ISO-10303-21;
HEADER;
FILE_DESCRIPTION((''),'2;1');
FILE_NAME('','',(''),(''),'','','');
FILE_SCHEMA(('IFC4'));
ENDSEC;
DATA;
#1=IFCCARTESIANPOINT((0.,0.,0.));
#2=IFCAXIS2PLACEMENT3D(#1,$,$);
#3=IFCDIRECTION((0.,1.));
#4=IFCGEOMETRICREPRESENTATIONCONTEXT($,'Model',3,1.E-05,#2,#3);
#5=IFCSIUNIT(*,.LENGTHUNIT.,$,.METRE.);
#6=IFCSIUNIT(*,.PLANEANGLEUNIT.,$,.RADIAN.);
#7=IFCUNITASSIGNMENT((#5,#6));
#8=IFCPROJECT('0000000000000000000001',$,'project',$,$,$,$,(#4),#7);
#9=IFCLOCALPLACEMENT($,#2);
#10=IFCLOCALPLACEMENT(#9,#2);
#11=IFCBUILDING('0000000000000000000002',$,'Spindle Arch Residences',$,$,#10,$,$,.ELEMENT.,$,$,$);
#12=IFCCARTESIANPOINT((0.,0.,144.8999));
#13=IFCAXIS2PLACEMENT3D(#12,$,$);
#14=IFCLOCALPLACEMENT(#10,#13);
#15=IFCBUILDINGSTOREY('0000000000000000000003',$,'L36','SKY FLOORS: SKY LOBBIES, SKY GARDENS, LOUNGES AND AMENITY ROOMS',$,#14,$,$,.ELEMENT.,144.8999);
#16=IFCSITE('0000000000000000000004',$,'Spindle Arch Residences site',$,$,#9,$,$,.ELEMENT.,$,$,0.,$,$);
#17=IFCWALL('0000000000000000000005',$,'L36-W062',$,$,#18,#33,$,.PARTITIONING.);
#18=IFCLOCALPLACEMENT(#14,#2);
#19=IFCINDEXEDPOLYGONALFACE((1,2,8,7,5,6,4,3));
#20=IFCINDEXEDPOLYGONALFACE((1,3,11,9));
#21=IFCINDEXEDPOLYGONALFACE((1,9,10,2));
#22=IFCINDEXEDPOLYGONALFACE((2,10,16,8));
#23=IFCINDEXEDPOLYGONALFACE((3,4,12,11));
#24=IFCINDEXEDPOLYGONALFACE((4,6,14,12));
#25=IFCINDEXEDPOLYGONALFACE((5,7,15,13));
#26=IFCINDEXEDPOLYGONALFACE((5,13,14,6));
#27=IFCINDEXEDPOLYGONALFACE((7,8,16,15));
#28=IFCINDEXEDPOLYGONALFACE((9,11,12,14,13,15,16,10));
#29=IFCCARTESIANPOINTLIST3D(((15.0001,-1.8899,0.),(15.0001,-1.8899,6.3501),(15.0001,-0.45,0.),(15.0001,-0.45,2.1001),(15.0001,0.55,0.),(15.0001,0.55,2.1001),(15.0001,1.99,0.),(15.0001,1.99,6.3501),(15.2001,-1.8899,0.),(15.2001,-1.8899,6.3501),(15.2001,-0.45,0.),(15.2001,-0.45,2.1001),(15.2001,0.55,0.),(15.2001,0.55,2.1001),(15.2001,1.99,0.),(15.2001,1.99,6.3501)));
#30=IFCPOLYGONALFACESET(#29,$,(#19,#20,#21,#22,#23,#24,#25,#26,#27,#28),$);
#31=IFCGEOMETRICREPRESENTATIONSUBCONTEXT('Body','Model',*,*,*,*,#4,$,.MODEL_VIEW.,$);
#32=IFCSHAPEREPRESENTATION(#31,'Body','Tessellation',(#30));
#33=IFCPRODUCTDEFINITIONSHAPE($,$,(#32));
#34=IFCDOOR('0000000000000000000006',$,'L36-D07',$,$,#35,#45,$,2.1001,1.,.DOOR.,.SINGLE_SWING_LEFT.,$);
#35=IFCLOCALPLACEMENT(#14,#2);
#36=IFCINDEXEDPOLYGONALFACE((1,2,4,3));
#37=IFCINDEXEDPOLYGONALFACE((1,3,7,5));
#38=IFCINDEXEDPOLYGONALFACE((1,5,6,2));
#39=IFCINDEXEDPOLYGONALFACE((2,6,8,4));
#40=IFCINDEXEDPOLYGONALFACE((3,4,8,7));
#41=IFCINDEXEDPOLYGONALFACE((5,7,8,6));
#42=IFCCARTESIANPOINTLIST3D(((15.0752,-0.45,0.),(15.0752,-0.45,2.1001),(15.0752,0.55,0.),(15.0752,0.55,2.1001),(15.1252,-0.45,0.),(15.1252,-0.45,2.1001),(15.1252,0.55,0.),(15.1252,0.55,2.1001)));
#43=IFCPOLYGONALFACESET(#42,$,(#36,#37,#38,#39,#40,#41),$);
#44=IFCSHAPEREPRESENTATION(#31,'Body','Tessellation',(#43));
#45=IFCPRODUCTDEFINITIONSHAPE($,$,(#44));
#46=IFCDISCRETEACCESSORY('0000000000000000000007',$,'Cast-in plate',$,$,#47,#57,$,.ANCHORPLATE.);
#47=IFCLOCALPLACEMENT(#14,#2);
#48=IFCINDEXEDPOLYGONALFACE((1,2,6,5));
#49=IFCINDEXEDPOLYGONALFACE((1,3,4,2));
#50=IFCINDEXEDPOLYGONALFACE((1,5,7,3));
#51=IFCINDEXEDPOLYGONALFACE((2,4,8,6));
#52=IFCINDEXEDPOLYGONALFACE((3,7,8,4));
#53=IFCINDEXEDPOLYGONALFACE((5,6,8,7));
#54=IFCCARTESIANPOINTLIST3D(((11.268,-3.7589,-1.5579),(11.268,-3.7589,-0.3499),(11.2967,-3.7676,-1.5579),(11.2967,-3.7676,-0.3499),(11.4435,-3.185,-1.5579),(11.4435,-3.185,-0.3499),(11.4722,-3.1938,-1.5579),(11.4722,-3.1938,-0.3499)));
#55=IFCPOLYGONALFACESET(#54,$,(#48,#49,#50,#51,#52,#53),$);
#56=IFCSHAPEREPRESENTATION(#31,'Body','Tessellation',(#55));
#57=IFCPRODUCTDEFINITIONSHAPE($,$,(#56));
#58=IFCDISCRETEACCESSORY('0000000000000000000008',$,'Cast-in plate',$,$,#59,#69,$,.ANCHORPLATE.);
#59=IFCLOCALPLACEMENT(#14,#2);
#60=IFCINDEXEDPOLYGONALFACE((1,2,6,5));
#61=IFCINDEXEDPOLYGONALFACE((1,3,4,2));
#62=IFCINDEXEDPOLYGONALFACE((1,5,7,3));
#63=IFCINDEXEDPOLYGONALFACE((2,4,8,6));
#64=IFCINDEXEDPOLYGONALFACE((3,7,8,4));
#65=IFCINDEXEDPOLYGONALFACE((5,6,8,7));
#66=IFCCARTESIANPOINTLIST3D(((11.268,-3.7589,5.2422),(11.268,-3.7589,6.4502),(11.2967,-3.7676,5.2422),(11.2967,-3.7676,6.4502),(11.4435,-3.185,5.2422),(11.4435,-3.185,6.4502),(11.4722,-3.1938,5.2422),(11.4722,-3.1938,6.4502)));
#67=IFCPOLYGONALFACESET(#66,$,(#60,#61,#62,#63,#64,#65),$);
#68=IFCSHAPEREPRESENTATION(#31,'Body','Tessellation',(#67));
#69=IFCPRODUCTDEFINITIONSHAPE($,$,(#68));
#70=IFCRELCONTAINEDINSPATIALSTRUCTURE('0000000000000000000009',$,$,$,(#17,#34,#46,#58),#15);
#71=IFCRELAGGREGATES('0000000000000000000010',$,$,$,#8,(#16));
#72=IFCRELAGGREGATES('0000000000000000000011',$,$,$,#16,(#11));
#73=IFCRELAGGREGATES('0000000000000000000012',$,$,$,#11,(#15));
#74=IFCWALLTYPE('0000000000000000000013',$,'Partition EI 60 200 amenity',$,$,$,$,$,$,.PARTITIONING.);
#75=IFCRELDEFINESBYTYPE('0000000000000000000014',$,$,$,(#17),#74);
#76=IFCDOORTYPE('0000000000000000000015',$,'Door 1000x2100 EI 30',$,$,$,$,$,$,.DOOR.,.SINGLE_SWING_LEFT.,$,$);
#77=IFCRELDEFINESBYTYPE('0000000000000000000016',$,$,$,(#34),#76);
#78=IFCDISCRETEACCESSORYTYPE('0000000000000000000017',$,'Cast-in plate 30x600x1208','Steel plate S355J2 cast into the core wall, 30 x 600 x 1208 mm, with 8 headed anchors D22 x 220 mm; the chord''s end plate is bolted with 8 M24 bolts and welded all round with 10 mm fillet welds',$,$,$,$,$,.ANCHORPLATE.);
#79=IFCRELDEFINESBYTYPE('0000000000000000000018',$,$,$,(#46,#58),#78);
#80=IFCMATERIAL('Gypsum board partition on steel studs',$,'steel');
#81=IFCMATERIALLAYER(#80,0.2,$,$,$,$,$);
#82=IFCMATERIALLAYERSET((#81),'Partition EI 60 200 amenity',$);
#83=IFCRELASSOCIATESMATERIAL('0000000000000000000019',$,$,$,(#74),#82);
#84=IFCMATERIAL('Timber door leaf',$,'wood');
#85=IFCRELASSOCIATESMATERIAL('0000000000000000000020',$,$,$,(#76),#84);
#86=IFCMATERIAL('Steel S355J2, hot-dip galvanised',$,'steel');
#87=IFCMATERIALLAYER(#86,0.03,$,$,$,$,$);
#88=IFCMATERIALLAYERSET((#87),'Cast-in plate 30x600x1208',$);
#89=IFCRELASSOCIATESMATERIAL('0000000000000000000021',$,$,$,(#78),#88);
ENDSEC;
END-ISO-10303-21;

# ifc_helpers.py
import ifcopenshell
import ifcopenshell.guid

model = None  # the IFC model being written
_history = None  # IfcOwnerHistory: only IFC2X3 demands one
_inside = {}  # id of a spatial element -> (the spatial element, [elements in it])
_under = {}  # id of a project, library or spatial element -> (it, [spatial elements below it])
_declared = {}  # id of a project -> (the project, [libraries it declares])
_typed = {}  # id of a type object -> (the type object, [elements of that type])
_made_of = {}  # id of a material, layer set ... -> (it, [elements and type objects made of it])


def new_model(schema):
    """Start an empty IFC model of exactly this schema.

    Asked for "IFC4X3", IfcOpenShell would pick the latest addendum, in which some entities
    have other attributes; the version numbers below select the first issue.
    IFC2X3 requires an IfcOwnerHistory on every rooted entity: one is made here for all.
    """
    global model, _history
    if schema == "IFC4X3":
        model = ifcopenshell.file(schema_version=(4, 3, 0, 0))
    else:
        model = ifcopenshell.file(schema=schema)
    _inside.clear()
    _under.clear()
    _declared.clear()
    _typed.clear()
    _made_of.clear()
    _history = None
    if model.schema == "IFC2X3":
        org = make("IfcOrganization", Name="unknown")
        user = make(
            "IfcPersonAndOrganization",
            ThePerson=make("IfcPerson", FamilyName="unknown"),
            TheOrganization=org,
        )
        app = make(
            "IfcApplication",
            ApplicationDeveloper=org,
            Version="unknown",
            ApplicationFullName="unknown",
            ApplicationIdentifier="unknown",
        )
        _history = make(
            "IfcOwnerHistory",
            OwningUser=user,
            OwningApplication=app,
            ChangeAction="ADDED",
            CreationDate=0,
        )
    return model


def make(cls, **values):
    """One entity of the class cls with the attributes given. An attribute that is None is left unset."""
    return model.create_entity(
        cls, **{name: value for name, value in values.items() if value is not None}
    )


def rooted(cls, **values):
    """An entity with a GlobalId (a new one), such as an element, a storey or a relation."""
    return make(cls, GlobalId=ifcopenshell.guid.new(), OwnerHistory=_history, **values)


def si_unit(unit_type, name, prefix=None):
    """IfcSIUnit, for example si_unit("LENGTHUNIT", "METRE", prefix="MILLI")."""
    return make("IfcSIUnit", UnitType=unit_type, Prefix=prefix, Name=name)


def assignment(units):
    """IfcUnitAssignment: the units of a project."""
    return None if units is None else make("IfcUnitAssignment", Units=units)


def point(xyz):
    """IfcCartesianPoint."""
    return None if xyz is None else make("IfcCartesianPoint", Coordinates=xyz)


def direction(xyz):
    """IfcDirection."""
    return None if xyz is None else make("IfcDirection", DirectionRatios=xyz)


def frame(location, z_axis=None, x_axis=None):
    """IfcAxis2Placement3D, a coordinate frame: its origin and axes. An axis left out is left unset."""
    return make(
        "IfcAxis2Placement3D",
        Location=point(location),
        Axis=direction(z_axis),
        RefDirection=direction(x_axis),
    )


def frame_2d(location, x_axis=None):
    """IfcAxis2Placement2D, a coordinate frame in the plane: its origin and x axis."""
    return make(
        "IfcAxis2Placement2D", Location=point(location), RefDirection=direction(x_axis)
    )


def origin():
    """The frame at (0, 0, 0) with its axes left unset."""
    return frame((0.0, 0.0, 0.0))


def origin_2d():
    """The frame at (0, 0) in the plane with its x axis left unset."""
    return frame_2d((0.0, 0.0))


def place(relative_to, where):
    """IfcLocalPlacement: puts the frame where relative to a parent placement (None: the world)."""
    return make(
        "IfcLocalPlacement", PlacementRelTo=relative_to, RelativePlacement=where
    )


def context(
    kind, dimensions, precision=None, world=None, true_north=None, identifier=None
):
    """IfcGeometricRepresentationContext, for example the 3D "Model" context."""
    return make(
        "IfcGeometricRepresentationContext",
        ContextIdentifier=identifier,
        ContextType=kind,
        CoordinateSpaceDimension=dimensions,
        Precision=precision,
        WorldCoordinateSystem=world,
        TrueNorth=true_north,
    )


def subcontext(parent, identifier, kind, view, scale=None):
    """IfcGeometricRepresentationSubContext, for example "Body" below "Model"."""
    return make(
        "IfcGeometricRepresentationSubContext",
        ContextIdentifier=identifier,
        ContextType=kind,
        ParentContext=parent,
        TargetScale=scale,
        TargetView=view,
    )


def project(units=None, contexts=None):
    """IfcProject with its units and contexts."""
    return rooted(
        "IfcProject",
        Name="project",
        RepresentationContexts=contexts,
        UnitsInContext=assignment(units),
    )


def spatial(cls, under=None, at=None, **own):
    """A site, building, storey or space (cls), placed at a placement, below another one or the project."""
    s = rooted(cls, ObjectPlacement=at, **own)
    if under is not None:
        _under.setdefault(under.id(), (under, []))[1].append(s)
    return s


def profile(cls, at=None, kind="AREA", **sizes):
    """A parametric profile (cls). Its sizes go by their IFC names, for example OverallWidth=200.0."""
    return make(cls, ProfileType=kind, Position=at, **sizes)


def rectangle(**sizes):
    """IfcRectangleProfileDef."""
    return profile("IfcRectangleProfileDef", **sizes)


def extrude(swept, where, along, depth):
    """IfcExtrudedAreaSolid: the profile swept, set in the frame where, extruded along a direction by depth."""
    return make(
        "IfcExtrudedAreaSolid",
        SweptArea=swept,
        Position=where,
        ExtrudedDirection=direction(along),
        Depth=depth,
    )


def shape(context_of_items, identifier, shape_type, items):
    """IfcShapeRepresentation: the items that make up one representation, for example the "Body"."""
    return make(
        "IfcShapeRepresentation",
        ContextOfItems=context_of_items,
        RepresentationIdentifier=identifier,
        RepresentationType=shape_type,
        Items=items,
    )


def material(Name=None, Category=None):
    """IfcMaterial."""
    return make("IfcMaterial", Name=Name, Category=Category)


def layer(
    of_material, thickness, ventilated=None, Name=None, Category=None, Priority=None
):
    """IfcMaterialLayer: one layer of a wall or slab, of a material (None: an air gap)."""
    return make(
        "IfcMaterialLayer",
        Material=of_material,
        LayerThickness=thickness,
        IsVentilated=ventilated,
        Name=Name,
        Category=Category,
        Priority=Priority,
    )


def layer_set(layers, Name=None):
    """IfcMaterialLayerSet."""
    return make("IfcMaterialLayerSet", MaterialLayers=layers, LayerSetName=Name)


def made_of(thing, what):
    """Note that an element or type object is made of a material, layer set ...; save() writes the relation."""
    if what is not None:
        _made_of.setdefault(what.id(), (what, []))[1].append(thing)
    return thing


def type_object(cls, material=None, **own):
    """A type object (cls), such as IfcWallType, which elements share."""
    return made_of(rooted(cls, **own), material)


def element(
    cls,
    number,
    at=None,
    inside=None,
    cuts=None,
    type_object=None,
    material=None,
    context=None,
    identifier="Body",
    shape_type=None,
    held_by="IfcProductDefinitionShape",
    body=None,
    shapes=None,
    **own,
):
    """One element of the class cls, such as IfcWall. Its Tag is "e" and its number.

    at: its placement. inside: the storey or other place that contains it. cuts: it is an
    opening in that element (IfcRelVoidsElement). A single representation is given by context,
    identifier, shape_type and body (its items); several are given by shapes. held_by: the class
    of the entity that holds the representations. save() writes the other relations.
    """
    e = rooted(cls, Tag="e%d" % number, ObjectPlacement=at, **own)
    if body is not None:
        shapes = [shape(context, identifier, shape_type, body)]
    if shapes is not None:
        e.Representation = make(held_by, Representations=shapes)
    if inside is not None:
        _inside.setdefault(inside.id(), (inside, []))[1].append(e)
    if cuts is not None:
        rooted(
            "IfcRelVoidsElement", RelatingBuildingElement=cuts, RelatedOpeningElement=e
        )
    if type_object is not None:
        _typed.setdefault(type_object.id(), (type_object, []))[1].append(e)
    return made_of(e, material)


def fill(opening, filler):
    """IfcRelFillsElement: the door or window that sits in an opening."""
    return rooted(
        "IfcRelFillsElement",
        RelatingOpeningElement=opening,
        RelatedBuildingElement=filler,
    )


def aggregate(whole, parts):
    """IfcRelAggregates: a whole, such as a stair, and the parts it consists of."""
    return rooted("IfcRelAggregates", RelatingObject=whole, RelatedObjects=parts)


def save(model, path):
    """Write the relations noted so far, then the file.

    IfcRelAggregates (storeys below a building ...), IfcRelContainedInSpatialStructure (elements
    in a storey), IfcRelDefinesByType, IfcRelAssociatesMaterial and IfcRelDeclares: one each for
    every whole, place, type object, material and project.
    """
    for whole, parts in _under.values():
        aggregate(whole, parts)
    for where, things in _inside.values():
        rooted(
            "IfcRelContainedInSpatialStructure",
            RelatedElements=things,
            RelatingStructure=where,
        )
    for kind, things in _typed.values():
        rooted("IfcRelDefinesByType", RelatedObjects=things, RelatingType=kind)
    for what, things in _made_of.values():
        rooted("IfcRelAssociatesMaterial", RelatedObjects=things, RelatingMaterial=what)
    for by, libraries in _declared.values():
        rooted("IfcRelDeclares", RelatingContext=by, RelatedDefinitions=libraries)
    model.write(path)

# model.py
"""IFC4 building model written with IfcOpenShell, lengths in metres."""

from ifc_helpers import new_model, si_unit, direction, frame, frame_2d, origin, origin_2d, place, context, subcontext, project, spatial, rectangle, extrude, material, layer, layer_set, type_object, element, fill, save


model = new_model("IFC4")

# Units and contexts
model_context = context("Model", 3, precision=1e-05, world=origin(), true_north=direction((0.0, 1.0)))
body_context = subcontext(model_context, "Body", "Model", "MODEL_VIEW")
ifc_project = project(units=[si_unit("LENGTHUNIT", "METRE"), si_unit("PLANEANGLEUNIT", "RADIAN")], contexts=[model_context])

# Site, building, storey
site_placement = place(None, origin())
site = spatial("IfcSite", under=ifc_project, at=site_placement, Name="Spindle Arch Residences site", CompositionType="ELEMENT", RefElevation=0.0)
building_placement = place(site_placement, origin())
building = spatial("IfcBuilding", under=site, at=building_placement, Name="Spindle Arch Residences", CompositionType="ELEMENT")
storey_placement = place(building_placement, frame((0.0, 0.0, 144.8999)))
storey = spatial("IfcBuildingStorey", under=building, at=storey_placement, Name="L36", Description="SKY FLOORS: SKY LOBBIES, SKY GARDENS, LOUNGES AND AMENITY ROOMS", CompositionType="ELEMENT", Elevation=144.8999)

# Shared definitions
ifc_material_1 = material(Name="Gypsum board partition on steel studs", Category="steel")
ifc_layer_1 = layer(ifc_material_1, 0.2)
ifc_layer_set_1 = layer_set([ifc_layer_1], Name="Partition EI 60 200 amenity")
wall_type_1 = type_object("IfcWallType", Name="Partition EI 60 200 amenity", PredefinedType="PARTITIONING", material=ifc_layer_set_1)

# Shared definitions
ifc_material_2 = material(Name="Timber door leaf", Category="wood")
door_type = type_object("IfcDoorType", Name="Door 1000x2100 EI 30", OperationType="SINGLE_SWING_LEFT", PredefinedType="DOOR", material=ifc_material_2)

# Wall, opening, door
wall_1_placement = place(storey_placement, frame((15.1001, -1.8899, 0.0), z_axis=(0.0, 0.0, 1.0), x_axis=(0.0, 1.0, 0.0)))
wall_1 = element("IfcWall", 1, at=wall_1_placement, inside=storey, type_object=wall_type_1, Name="L36-W062", PredefinedType="PARTITIONING", context=body_context, shape_type="SweptSolid", body=[
    extrude(rectangle(XDim=3.8799, YDim=0.2, at=frame_2d((1.9399, 0.0))), origin(), (0.0, 0.0, 1.0), 6.3501),
])
opening_1_placement = place(wall_1_placement, frame((1.4399, 0.0, 0.0)))
opening_1 = element("IfcOpeningElement", 2, at=opening_1_placement, cuts=wall_1, PredefinedType="OPENING", context=body_context, shape_type="SweptSolid", body=[
    extrude(rectangle(XDim=1.0, YDim=2.1001, at=frame_2d((0.5, 1.05))), frame((0.0, 0.1099, 0.0), z_axis=(0.0, -1.0, 0.0), x_axis=(1.0, 0.0, 0.0)), (0.0, 0.0, 1.0), 0.22),
])
door_1_placement = place(opening_1_placement, origin())
door_1 = element("IfcDoor", 3, at=door_1_placement, inside=storey, type_object=door_type, Name="L36-D07", OperationType="SINGLE_SWING_LEFT", OverallHeight=2.1001, OverallWidth=1.0, PredefinedType="DOOR", context=body_context, shape_type="SweptSolid", body=[
    extrude(rectangle(XDim=1.0, YDim=2.1001, at=frame_2d((0.5, 1.05))), frame((0.0, 0.0249, 0.0), z_axis=(0.0, -1.0, 0.0), x_axis=(1.0, 0.0, 0.0)), (0.0, 0.0, 1.0), 0.05),
])
fill(opening_1, door_1)

# Discrete accessories
ifc_material_3 = material(Name="Steel S355J2, hot-dip galvanised", Category="steel")
ifc_layer_2 = layer(ifc_material_3, 0.03)
ifc_layer_set_2 = layer_set([ifc_layer_2], Name="Cast-in plate 30x600x1208")
discrete_accessory_type = type_object("IfcDiscreteAccessoryType", Name="Cast-in plate 30x600x1208", Description="Steel plate S355J2 cast into the core wall, 30 x 600 x 1208 mm, with 8 headed anchors D22 x 220 mm; the chord's end plate is bolted with 8 M24 bolts and welded all round with 10 mm fillet welds", PredefinedType="ANCHORPLATE", material=ifc_layer_set_2)
for number, where, z_axis, x_axis, name in (
    (4, (11.3701, -3.4763, -1.5579), (0.0, 0.0, 1.0), (0.956304, -0.292373, 0.0), "Cast-in plate"),
    (5, (11.3701, -3.4763, 5.2422), (0.0, 0.0, 1.0), (0.956304, -0.292373, 0.0), "Cast-in plate"),
):
    element("IfcDiscreteAccessory", number, at=place(storey_placement, frame(where, z_axis=z_axis, x_axis=x_axis)), inside=storey, type_object=discrete_accessory_type, Name=name, PredefinedType="ANCHORPLATE", context=body_context, shape_type="SweptSolid", body=[
        extrude(rectangle(XDim=0.03, YDim=0.6001, at=origin_2d()), origin(), (0.0, 0.0, 1.0), 1.208),
    ])

save(model, "model.ifc")
